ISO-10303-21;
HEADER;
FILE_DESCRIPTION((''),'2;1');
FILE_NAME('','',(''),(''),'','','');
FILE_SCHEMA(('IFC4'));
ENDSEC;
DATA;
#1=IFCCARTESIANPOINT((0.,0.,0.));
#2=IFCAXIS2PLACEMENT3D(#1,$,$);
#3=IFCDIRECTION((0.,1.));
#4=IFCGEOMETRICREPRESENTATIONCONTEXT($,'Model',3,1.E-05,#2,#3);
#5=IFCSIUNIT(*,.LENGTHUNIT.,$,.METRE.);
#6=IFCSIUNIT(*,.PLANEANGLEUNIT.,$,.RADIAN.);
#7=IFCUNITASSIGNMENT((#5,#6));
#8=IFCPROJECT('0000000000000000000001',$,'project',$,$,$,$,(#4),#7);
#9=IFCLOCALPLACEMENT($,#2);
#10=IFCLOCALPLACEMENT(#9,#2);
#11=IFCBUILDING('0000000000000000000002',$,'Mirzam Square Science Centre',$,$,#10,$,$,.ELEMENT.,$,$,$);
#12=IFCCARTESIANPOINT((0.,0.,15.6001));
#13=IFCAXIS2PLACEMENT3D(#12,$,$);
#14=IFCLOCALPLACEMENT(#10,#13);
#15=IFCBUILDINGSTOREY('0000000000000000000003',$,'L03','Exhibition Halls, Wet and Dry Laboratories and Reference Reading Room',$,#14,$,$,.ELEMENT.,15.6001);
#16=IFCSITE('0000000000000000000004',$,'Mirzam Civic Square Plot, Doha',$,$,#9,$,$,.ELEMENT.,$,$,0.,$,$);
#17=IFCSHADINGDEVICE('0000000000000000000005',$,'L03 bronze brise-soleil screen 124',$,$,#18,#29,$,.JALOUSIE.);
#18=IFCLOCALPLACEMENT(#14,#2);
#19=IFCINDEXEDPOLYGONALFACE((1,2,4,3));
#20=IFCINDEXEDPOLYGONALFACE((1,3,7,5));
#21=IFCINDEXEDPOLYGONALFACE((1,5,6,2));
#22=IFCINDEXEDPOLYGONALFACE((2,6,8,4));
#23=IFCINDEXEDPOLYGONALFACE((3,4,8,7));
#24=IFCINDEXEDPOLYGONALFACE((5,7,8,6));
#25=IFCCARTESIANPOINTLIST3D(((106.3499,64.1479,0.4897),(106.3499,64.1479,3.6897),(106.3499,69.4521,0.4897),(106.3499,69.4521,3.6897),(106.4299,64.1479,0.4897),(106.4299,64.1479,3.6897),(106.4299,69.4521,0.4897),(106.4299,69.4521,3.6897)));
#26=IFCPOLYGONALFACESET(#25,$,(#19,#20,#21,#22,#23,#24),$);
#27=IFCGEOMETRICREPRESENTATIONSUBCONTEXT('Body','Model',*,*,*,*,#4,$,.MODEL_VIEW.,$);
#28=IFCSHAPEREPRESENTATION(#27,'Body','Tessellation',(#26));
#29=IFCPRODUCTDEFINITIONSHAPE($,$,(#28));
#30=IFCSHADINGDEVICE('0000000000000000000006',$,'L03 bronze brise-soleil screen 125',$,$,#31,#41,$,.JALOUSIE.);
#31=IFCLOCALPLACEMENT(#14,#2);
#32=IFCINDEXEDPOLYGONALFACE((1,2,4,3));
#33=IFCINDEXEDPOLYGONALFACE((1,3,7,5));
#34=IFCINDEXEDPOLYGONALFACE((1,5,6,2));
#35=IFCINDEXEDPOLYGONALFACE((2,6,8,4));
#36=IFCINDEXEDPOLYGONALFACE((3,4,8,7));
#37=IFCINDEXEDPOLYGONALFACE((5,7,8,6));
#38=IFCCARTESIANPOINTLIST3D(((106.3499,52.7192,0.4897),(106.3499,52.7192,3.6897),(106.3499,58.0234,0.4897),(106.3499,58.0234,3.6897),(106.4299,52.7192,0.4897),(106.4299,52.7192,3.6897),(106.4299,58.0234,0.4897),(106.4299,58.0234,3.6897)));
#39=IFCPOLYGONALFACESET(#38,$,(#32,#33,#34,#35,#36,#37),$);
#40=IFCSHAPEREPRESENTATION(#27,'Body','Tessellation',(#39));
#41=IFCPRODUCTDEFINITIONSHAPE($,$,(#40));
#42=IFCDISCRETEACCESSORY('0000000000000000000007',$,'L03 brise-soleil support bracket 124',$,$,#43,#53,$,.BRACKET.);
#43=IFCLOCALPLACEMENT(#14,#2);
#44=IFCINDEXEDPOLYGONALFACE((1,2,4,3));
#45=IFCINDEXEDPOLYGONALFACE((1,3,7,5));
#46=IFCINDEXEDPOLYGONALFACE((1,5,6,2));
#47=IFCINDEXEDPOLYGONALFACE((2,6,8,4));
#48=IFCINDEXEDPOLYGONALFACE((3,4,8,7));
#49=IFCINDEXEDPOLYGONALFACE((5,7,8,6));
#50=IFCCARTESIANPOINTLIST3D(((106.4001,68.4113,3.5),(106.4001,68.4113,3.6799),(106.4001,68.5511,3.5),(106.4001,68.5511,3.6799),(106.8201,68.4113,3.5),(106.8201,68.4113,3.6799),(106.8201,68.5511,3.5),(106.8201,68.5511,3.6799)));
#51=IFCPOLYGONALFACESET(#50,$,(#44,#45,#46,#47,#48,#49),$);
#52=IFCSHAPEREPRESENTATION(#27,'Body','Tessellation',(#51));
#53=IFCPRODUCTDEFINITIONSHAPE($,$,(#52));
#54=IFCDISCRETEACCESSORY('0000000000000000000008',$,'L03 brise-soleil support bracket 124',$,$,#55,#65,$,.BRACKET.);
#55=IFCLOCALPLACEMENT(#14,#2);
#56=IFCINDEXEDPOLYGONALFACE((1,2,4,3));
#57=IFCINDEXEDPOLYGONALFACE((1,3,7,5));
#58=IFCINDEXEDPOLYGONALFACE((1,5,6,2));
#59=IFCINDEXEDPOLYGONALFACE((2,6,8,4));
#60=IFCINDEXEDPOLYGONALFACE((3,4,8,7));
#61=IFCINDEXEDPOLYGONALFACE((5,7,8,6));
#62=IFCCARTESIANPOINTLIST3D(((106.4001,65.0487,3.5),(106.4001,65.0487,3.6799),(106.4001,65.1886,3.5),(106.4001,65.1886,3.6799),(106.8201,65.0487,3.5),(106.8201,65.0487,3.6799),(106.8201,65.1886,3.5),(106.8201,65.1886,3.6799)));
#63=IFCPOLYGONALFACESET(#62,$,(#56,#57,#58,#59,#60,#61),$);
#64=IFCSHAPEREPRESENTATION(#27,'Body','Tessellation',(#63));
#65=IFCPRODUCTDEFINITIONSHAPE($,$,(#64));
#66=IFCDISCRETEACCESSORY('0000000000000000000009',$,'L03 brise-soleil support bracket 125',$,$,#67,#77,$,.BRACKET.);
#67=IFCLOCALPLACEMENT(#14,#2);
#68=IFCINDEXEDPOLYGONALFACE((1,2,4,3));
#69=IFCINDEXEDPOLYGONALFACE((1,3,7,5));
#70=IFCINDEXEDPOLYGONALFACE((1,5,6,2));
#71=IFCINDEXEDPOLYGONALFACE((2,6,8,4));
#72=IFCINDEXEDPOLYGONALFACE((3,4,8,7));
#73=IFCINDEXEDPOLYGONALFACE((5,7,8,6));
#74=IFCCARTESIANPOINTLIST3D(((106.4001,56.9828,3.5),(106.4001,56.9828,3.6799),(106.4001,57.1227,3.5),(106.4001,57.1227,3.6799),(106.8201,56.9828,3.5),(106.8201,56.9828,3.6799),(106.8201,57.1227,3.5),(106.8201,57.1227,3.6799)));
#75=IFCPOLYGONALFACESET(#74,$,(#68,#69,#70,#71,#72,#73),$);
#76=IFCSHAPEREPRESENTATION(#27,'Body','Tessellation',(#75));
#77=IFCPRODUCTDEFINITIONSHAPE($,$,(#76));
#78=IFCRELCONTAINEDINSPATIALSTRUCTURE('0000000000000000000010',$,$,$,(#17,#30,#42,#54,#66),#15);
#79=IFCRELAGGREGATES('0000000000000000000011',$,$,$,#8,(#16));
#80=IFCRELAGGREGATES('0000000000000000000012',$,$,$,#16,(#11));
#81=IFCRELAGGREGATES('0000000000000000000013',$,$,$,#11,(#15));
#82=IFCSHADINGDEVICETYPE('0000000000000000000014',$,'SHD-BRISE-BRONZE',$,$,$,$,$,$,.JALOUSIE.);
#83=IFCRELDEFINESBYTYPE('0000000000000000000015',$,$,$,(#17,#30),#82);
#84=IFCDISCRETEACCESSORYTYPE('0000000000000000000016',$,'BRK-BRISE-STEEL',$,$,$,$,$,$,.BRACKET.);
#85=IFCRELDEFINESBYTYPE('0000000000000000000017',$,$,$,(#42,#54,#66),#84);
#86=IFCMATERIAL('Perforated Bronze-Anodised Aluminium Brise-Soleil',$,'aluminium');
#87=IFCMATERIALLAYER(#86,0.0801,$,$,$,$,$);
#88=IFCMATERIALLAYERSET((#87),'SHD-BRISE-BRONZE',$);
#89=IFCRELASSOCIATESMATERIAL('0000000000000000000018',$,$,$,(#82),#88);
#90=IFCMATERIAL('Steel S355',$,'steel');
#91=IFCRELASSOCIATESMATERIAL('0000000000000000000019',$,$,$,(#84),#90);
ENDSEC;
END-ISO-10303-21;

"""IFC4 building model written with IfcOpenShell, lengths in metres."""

from ifc_helpers import new_model, si_unit, direction, frame, origin, origin_2d, place, context, subcontext, project, spatial, rectangle, extrude, material, layer, layer_set, type_object, element, save


model = new_model("IFC4")

# Units and contexts
model_context = context("Model", 3, precision=1e-05, world=origin(), true_north=direction((0.0, 1.0)))
body_context = subcontext(model_context, "Body", "Model", "MODEL_VIEW")
ifc_project = project(units=[si_unit("LENGTHUNIT", "METRE"), si_unit("PLANEANGLEUNIT", "RADIAN")], contexts=[model_context])

# Site, building, storey
site_placement = place(None, origin())
site = spatial("IfcSite", under=ifc_project, at=site_placement, Name="Mirzam Civic Square Plot, Doha", CompositionType="ELEMENT", RefElevation=0.0)
building_placement = place(site_placement, origin())
building = spatial("IfcBuilding", under=site, at=building_placement, Name="Mirzam Square Science Centre", CompositionType="ELEMENT")
storey_placement = place(building_placement, frame((0.0, 0.0, 15.6001)))
storey = spatial("IfcBuildingStorey", under=building, at=storey_placement, Name="L03", Description="Exhibition Halls, Wet and Dry Laboratories and Reference Reading Room", CompositionType="ELEMENT", Elevation=15.6001)

# Shared definitions
ifc_material_1 = material(Name="Steel S355", Category="steel")

# Shading devices
ifc_material_2 = material(Name="Perforated Bronze-Anodised Aluminium Brise-Soleil", Category="aluminium")
ifc_layer_1 = layer(ifc_material_2, 0.0801)
ifc_layer_set_1 = layer_set([ifc_layer_1], Name="SHD-BRISE-BRONZE")
shading_device_type = type_object("IfcShadingDeviceType", Name="SHD-BRISE-BRONZE", PredefinedType="JALOUSIE", material=ifc_layer_set_1)
for number, where, z_axis, x_axis, name in (
    (1, (106.3899, 66.8, 0.4897), (0.0, 0.0, 1.0), (0.0, -1.0, 0.0), "L03 bronze brise-soleil screen 124"),
    (2, (106.3899, 55.3713, 0.4897), (0.0, 0.0, 1.0), (0.0, -1.0, 0.0), "L03 bronze brise-soleil screen 125"),
):
    element("IfcShadingDevice", number, at=place(storey_placement, frame(where, z_axis=z_axis, x_axis=x_axis)), inside=storey, type_object=shading_device_type, Name=name, PredefinedType="JALOUSIE", context=body_context, shape_type="SweptSolid", body=[
        extrude(rectangle(XDim=5.3042, YDim=0.0801, at=origin_2d()), origin(), (0.0, 0.0, 1.0), 3.2),
    ])

# Discrete accessories
discrete_accessory_type = type_object("IfcDiscreteAccessoryType", Name="BRK-BRISE-STEEL", PredefinedType="BRACKET", material=ifc_material_1)
for number, where, z_axis, x_axis, name in (
    (3, (106.6101, 68.4812, 3.5), (0.0, 0.0, 1.0), (0.0, -1.0, 0.0), "L03 brise-soleil support bracket 124"),
    (4, (106.6101, 65.1187, 3.5), (0.0, 0.0, 1.0), (0.0, -1.0, 0.0), "L03 brise-soleil support bracket 124"),
    (5, (106.6101, 57.0527, 3.5), (0.0, 0.0, 1.0), (0.0, -1.0, 0.0), "L03 brise-soleil support bracket 125"),
):
    element("IfcDiscreteAccessory", number, at=place(storey_placement, frame(where, z_axis=z_axis, x_axis=x_axis)), inside=storey, type_object=discrete_accessory_type, Name=name, PredefinedType="BRACKET", context=body_context, shape_type="SweptSolid", body=[
        extrude(rectangle(XDim=0.1399, YDim=0.4199, at=origin_2d()), origin(), (0.0, 0.0, 1.0), 0.1799),
    ])

save(model, "model.ifc")
